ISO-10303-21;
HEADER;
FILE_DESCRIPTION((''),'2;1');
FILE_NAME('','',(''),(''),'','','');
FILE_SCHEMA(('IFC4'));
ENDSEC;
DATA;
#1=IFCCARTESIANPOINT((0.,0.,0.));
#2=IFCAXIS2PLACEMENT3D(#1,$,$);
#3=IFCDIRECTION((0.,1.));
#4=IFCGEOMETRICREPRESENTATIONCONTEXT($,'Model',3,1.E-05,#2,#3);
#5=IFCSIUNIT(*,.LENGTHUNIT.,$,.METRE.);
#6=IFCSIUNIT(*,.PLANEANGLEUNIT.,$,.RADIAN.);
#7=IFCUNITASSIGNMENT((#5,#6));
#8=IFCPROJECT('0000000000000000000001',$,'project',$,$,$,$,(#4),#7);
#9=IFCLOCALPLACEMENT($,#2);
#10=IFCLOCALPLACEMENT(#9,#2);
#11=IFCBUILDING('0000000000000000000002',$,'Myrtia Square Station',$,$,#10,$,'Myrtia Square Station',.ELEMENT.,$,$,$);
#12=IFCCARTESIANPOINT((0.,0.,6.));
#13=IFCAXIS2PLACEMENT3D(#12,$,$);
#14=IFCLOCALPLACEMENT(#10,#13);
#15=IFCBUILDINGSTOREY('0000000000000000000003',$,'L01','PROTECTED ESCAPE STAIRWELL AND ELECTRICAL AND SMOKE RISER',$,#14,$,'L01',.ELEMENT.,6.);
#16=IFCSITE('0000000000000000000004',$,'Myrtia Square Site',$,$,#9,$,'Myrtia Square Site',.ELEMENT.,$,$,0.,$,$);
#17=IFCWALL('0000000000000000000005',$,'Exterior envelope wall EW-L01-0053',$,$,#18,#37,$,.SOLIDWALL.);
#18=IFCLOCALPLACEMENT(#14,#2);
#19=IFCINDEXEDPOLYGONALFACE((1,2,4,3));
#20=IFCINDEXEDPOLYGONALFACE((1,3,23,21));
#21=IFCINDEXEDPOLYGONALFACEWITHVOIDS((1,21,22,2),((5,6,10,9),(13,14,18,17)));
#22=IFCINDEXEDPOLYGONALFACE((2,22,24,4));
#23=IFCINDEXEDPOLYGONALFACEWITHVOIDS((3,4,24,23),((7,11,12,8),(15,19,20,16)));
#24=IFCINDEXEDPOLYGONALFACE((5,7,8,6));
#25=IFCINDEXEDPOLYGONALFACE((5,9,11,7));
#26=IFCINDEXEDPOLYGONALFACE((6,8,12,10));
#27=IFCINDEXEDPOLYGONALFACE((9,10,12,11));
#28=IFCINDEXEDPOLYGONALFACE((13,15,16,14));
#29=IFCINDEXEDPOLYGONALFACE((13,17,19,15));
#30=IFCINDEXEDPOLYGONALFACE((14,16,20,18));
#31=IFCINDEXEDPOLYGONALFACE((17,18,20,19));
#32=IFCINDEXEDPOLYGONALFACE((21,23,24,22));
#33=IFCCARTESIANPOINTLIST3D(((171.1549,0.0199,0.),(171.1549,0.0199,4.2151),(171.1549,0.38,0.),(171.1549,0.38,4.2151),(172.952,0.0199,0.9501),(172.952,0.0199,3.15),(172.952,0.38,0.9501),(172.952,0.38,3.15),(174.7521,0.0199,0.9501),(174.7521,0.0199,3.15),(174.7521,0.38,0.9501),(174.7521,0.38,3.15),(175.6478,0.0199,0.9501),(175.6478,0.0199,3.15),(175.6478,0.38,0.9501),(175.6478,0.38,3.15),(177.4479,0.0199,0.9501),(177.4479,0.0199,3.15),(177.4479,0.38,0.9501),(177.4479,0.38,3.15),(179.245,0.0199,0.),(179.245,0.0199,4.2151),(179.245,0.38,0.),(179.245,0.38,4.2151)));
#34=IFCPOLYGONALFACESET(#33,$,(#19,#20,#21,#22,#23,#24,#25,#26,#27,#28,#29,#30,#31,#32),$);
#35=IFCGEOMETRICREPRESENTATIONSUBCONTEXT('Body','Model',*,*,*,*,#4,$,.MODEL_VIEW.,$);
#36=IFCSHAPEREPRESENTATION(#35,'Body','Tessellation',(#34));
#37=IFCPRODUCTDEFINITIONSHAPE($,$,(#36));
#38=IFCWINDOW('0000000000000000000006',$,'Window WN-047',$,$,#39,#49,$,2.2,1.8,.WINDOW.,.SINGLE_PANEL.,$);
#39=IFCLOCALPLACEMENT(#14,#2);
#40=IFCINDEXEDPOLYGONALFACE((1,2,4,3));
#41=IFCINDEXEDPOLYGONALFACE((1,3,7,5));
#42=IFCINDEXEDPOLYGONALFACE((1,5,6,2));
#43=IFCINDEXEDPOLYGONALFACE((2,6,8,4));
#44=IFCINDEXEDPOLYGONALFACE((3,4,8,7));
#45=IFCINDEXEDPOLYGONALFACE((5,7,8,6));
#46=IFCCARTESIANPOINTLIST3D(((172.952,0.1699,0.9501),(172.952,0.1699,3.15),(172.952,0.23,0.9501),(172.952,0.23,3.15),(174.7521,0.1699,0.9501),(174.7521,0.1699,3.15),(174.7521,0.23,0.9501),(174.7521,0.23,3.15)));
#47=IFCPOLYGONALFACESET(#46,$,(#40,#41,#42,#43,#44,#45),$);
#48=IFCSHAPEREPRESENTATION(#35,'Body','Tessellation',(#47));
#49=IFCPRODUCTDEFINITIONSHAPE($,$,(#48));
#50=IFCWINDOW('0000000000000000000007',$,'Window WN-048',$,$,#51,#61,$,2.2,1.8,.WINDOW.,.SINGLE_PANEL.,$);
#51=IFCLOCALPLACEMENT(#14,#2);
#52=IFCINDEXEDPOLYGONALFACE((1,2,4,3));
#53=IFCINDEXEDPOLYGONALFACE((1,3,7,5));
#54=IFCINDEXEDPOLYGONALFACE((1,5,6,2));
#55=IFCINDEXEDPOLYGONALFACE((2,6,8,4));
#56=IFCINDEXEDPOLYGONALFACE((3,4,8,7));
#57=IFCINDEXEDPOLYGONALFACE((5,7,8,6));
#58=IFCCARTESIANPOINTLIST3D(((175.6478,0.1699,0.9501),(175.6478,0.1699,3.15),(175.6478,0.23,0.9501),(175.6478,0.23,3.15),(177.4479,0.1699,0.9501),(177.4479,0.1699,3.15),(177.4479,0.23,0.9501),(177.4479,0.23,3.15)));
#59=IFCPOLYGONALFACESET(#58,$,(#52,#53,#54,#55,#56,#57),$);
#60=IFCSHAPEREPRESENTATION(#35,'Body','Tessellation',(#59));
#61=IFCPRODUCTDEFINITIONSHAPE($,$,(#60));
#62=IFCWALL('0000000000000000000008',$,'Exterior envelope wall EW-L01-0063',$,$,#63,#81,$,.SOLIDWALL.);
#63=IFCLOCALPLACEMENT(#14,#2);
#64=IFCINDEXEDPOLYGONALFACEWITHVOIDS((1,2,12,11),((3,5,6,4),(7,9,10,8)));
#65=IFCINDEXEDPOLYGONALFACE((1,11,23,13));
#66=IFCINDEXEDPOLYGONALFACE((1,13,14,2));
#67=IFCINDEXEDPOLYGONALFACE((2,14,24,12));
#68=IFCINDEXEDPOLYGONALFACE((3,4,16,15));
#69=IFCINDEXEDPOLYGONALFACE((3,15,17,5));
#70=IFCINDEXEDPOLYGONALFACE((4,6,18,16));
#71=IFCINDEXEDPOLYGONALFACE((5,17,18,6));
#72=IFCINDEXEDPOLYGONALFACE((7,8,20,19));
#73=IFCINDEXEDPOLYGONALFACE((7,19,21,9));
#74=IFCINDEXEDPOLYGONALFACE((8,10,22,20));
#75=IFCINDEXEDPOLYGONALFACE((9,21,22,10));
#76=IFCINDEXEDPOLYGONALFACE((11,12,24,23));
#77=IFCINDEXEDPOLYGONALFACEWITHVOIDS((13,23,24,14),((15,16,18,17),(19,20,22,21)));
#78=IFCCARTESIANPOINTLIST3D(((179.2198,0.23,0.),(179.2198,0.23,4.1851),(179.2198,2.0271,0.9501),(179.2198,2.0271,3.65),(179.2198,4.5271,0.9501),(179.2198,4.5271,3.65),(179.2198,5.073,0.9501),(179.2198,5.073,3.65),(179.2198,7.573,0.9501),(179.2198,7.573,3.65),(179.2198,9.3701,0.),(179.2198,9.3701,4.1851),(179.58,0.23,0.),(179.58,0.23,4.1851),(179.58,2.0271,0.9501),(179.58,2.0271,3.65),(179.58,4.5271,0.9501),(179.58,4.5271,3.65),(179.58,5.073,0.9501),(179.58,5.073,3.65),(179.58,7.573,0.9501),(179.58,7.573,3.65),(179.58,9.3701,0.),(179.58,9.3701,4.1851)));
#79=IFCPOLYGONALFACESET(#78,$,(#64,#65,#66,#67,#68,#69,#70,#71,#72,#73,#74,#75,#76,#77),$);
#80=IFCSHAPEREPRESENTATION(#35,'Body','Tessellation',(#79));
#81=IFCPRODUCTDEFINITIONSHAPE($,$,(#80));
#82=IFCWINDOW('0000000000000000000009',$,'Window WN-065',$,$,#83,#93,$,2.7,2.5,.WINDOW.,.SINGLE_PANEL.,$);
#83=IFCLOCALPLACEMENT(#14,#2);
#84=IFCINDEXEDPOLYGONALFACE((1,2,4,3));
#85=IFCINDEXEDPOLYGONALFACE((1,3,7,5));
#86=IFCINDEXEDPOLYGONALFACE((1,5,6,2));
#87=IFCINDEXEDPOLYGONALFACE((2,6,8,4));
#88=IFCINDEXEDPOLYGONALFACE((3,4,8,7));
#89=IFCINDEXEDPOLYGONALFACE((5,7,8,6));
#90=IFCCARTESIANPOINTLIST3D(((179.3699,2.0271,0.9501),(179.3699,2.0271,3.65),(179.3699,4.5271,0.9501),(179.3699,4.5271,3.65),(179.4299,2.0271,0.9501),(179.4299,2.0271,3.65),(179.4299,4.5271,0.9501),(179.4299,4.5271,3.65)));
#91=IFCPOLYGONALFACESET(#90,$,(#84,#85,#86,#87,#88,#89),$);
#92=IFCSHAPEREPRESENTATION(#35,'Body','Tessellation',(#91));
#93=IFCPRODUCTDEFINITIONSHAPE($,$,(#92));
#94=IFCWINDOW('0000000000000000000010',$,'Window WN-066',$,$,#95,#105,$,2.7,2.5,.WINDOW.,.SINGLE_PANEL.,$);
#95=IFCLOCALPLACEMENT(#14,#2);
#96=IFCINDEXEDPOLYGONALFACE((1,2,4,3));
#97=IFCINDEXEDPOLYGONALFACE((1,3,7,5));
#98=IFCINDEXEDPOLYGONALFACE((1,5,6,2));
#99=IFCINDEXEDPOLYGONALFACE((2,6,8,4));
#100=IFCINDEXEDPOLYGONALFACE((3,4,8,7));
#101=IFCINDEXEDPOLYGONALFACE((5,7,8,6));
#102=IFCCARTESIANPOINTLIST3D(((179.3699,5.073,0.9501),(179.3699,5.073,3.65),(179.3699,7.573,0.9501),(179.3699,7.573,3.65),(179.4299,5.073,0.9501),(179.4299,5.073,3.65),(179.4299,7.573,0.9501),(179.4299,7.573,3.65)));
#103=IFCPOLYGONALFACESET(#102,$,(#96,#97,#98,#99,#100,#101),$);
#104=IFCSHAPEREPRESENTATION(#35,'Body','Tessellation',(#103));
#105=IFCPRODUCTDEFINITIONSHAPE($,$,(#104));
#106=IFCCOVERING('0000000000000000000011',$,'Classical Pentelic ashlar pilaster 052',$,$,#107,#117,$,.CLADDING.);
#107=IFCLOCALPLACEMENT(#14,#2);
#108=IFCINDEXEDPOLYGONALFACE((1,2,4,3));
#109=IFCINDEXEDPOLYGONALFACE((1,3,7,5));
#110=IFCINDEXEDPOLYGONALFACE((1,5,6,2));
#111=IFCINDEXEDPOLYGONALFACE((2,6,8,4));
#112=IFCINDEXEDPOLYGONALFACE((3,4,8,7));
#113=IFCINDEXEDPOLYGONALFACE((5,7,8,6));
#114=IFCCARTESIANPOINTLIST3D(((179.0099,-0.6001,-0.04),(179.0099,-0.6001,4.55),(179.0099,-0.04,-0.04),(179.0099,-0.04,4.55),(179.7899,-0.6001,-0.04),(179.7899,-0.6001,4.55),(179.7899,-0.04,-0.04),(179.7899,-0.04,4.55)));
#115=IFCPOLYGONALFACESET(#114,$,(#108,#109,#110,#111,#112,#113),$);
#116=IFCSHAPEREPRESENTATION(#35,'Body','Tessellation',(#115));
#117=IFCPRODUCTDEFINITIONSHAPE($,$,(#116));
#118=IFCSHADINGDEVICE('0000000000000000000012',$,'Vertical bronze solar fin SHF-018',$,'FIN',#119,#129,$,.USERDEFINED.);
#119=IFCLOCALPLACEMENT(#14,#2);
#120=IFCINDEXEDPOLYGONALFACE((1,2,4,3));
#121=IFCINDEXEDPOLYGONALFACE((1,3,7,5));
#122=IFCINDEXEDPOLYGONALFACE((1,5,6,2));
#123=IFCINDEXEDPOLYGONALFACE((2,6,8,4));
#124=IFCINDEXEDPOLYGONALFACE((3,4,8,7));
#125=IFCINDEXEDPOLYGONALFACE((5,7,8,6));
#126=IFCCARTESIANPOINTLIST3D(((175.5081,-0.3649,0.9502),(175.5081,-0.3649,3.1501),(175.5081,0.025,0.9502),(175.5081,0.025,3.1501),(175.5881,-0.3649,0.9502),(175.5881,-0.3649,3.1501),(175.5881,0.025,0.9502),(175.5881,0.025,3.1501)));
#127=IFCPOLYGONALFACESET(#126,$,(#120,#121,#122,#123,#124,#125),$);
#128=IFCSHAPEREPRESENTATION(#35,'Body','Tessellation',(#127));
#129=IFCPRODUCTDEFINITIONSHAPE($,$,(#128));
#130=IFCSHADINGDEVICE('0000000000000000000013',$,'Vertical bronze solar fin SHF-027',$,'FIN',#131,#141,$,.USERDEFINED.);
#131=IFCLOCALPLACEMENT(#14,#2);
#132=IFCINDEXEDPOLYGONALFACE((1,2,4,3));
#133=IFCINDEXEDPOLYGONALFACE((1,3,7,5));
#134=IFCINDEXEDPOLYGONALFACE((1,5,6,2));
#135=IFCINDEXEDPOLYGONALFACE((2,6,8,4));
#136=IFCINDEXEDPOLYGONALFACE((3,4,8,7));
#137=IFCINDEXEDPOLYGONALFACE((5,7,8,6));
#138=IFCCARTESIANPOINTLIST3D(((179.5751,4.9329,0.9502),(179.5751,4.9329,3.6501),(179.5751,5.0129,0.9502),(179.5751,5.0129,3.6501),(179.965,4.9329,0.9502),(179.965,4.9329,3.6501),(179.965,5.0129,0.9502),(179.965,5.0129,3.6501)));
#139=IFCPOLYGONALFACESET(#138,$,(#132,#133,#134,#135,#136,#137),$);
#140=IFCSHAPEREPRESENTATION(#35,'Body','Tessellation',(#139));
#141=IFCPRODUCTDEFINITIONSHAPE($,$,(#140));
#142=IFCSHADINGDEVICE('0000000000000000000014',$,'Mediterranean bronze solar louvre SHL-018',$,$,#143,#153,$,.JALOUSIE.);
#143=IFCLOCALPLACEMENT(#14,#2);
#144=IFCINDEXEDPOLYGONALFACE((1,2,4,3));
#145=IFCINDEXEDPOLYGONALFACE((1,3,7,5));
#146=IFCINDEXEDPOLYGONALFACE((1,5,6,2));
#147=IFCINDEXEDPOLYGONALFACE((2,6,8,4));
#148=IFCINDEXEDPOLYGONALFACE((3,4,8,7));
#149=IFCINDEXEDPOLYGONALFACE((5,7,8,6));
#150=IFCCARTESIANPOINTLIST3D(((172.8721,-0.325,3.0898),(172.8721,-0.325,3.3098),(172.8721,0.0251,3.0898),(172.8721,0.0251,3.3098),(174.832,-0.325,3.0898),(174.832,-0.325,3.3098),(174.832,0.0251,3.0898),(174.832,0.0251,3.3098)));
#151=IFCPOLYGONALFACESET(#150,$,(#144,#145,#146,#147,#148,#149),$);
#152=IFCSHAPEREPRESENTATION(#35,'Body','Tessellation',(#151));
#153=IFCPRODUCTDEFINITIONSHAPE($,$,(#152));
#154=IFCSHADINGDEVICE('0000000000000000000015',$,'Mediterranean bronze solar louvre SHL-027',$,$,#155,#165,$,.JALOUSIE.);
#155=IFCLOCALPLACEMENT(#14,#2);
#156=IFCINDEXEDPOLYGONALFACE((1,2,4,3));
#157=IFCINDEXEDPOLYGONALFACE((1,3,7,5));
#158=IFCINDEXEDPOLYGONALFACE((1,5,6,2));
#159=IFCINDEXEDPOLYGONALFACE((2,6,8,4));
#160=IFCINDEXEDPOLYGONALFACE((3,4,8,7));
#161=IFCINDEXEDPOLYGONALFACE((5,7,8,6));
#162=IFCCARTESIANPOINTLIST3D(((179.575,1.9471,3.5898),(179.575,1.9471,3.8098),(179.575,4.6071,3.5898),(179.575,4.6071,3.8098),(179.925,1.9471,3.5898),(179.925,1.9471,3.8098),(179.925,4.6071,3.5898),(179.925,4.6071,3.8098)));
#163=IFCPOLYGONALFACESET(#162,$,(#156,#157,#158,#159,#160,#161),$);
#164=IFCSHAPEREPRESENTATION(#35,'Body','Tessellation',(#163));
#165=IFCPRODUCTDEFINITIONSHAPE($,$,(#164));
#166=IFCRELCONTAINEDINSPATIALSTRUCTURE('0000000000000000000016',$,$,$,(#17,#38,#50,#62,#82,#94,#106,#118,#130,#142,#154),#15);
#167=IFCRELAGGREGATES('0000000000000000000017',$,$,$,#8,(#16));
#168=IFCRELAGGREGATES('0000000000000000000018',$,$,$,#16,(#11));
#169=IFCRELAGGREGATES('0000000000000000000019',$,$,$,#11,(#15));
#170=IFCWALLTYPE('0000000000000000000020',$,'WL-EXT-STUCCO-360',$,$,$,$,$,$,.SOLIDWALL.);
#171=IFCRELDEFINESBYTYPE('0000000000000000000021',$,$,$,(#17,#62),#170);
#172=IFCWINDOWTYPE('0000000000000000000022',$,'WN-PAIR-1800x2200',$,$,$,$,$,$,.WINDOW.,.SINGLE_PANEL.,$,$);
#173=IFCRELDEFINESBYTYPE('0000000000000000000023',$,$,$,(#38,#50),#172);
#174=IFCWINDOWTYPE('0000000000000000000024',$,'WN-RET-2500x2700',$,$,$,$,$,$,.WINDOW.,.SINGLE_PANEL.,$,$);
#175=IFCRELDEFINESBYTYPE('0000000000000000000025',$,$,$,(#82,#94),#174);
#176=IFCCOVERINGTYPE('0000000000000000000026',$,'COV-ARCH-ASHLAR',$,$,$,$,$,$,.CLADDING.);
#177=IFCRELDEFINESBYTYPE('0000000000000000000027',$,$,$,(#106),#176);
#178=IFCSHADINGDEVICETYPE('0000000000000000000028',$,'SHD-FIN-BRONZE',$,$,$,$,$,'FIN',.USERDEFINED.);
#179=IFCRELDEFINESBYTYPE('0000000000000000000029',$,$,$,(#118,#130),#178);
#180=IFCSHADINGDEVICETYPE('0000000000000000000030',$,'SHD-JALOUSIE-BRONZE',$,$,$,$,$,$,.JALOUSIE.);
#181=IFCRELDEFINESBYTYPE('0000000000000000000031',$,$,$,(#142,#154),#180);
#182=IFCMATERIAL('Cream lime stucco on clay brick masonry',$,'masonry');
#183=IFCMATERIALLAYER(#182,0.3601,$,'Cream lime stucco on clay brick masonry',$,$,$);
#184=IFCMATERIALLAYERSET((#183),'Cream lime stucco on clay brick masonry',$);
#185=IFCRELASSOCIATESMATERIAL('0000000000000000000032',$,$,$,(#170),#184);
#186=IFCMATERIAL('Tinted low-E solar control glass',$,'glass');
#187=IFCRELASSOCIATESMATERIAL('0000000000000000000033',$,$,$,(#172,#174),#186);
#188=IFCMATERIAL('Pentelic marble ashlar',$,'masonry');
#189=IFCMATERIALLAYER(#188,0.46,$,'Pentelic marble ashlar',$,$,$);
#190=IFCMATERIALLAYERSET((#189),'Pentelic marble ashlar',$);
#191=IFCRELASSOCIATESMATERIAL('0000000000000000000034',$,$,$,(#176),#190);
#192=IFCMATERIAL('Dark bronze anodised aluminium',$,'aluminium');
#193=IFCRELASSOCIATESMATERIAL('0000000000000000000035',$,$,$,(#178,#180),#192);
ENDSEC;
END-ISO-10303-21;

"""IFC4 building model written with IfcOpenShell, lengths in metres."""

from ifc_helpers import new_model, si_unit, direction, frame, frame_2d, origin, origin_2d, place, context, subcontext, project, spatial, rectangle, extrude, material, layer, layer_set, type_object, element, fill, save


model = new_model("IFC4")

# Units and contexts
model_context = context("Model", 3, precision=1e-05, world=origin(), true_north=direction((0.0, 1.0)))
body_context = subcontext(model_context, "Body", "Model", "MODEL_VIEW")
ifc_project = project(units=[si_unit("LENGTHUNIT", "METRE"), si_unit("PLANEANGLEUNIT", "RADIAN")], contexts=[model_context])

# Site, building, storey
site_placement = place(None, origin())
site = spatial("IfcSite", under=ifc_project, at=site_placement, Name="Myrtia Square Site", LongName="Myrtia Square Site", CompositionType="ELEMENT", RefElevation=0.0)
building_placement = place(site_placement, origin())
building = spatial("IfcBuilding", under=site, at=building_placement, Name="Myrtia Square Station", LongName="Myrtia Square Station", CompositionType="ELEMENT")
storey_placement = place(building_placement, frame((0.0, 0.0, 6.0)))
storey = spatial("IfcBuildingStorey", under=building, at=storey_placement, Name="L01", Description="PROTECTED ESCAPE STAIRWELL AND ELECTRICAL AND SMOKE RISER", LongName="L01", CompositionType="ELEMENT", Elevation=6.0)

# Walls, openings, windows
ifc_material_1 = material(Name="Cream lime stucco on clay brick masonry", Category="masonry")
ifc_layer_1 = layer(ifc_material_1, 0.3601, Name="Cream lime stucco on clay brick masonry")
ifc_layer_set_1 = layer_set([ifc_layer_1], Name="Cream lime stucco on clay brick masonry")
wall_type = type_object("IfcWallType", Name="WL-EXT-STUCCO-360", PredefinedType="SOLIDWALL", material=ifc_layer_set_1)
wall_1_placement = place(storey_placement, frame((171.155, 0.2, 0.0), z_axis=(0.0, 0.0, 1.0), x_axis=(1.0, 0.0, 0.0)))
wall_1 = element("IfcWall", 1, at=wall_1_placement, inside=storey, type_object=wall_type, Name="Exterior envelope wall EW-L01-0053", PredefinedType="SOLIDWALL", context=body_context, shape_type="SweptSolid", body=[
    extrude(rectangle(XDim=8.0901, YDim=0.3601, at=frame_2d((4.0449, 0.0))), origin(), (0.0, 0.0, 1.0), 4.2151),
])
opening_1_placement = place(wall_1_placement, frame((1.7971, 0.0, 0.95)))
opening_1 = element("IfcOpeningElement", 2, at=opening_1_placement, cuts=wall_1, PredefinedType="OPENING", context=body_context, shape_type="SweptSolid", body=[
    extrude(rectangle(XDim=1.8, YDim=2.2, at=frame_2d((0.8999, 1.1001))), frame((0.0, 0.1951, 0.0), z_axis=(0.0, -1.0, 0.0), x_axis=(1.0, 0.0, 0.0)), (0.0, 0.0, 1.0), 0.3901),
])
opening_2_placement = place(wall_1_placement, frame((4.4929, 0.0, 0.95)))
opening_2 = element("IfcOpeningElement", 3, at=opening_2_placement, cuts=wall_1, PredefinedType="OPENING", context=body_context, shape_type="SweptSolid", body=[
    extrude(rectangle(XDim=1.8, YDim=2.2, at=frame_2d((0.8999, 1.1001))), frame((0.0, 0.1951, 0.0), z_axis=(0.0, -1.0, 0.0), x_axis=(1.0, 0.0, 0.0)), (0.0, 0.0, 1.0), 0.3901),
])
ifc_material_2 = material(Name="Tinted low-E solar control glass", Category="glass")
window_type_1 = type_object("IfcWindowType", Name="WN-PAIR-1800x2200", PartitioningType="SINGLE_PANEL", PredefinedType="WINDOW", material=ifc_material_2)
window_1_placement = place(opening_1_placement, origin())
window_1 = element("IfcWindow", 4, at=window_1_placement, inside=storey, type_object=window_type_1, Name="Window WN-047", OverallHeight=2.2, OverallWidth=1.8, PartitioningType="SINGLE_PANEL", PredefinedType="WINDOW", context=body_context, shape_type="SweptSolid", body=[
    extrude(rectangle(XDim=1.8, YDim=2.2, at=frame_2d((0.8999, 1.1001))), frame((0.0, 0.03, 0.0), z_axis=(0.0, -1.0, 0.0), x_axis=(1.0, 0.0, 0.0)), (0.0, 0.0, 1.0), 0.0601),
])
fill(opening_1, window_1)
window_2_placement = place(opening_2_placement, origin())
window_2 = element("IfcWindow", 5, at=window_2_placement, inside=storey, type_object=window_type_1, Name="Window WN-048", OverallHeight=2.2, OverallWidth=1.8, PartitioningType="SINGLE_PANEL", PredefinedType="WINDOW", context=body_context, shape_type="SweptSolid", body=[
    extrude(rectangle(XDim=1.8, YDim=2.2, at=frame_2d((0.8999, 1.1001))), frame((0.0, 0.03, 0.0), z_axis=(0.0, -1.0, 0.0), x_axis=(1.0, 0.0, 0.0)), (0.0, 0.0, 1.0), 0.0601),
])
fill(opening_2, window_2)
wall_2_placement = place(storey_placement, frame((179.3999, 0.23, 0.0), z_axis=(0.0, 0.0, 1.0), x_axis=(0.0, 1.0, 0.0)))
wall_2 = element("IfcWall", 6, at=wall_2_placement, inside=storey, type_object=wall_type, Name="Exterior envelope wall EW-L01-0063", PredefinedType="SOLIDWALL", context=body_context, shape_type="SweptSolid", body=[
    extrude(rectangle(XDim=9.1401, YDim=0.3601, at=frame_2d((4.5701, 0.0))), origin(), (0.0, 0.0, 1.0), 4.1851),
])
opening_3_placement = place(wall_2_placement, frame((1.7971, 0.0, 0.95)))
opening_3 = element("IfcOpeningElement", 7, at=opening_3_placement, cuts=wall_2, PredefinedType="OPENING", context=body_context, shape_type="SweptSolid", body=[
    extrude(rectangle(XDim=2.5, YDim=2.7, at=frame_2d((1.25, 1.3501))), frame((0.0, 0.1951, 0.0), z_axis=(0.0, -1.0, 0.0), x_axis=(1.0, 0.0, 0.0)), (0.0, 0.0, 1.0), 0.3901),
])
opening_4_placement = place(wall_2_placement, frame((4.843, 0.0, 0.95)))
opening_4 = element("IfcOpeningElement", 8, at=opening_4_placement, cuts=wall_2, PredefinedType="OPENING", context=body_context, shape_type="SweptSolid", body=[
    extrude(rectangle(XDim=2.5, YDim=2.7, at=frame_2d((1.25, 1.3501))), frame((0.0, 0.1951, 0.0), z_axis=(0.0, -1.0, 0.0), x_axis=(1.0, 0.0, 0.0)), (0.0, 0.0, 1.0), 0.3901),
])
window_type_2 = type_object("IfcWindowType", Name="WN-RET-2500x2700", PartitioningType="SINGLE_PANEL", PredefinedType="WINDOW", material=ifc_material_2)
window_3_placement = place(opening_3_placement, origin())
window_3 = element("IfcWindow", 9, at=window_3_placement, inside=storey, type_object=window_type_2, Name="Window WN-065", OverallHeight=2.7, OverallWidth=2.5, PartitioningType="SINGLE_PANEL", PredefinedType="WINDOW", context=body_context, shape_type="SweptSolid", body=[
    extrude(rectangle(XDim=2.5, YDim=2.7, at=frame_2d((1.25, 1.3501))), frame((0.0, 0.03, 0.0), z_axis=(0.0, -1.0, 0.0), x_axis=(1.0, 0.0, 0.0)), (0.0, 0.0, 1.0), 0.0601),
])
fill(opening_3, window_3)
window_4_placement = place(opening_4_placement, origin())
window_4 = element("IfcWindow", 10, at=window_4_placement, inside=storey, type_object=window_type_2, Name="Window WN-066", OverallHeight=2.7, OverallWidth=2.5, PartitioningType="SINGLE_PANEL", PredefinedType="WINDOW", context=body_context, shape_type="SweptSolid", body=[
    extrude(rectangle(XDim=2.5, YDim=2.7, at=frame_2d((1.25, 1.3501))), frame((0.0, 0.03, 0.0), z_axis=(0.0, -1.0, 0.0), x_axis=(1.0, 0.0, 0.0)), (0.0, 0.0, 1.0), 0.0601),
])
fill(opening_4, window_4)

# Covering
ifc_material_3 = material(Name="Pentelic marble ashlar", Category="masonry")
ifc_layer_2 = layer(ifc_material_3, 0.46, Name="Pentelic marble ashlar")
ifc_layer_set_2 = layer_set([ifc_layer_2], Name="Pentelic marble ashlar")
covering_type = type_object("IfcCoveringType", Name="COV-ARCH-ASHLAR", PredefinedType="CLADDING", material=ifc_layer_set_2)
covering_placement = place(storey_placement, frame((179.3999, -0.3201, -0.04), z_axis=(0.0, 0.0, 1.0), x_axis=(1.0, 0.0, 0.0)))
element("IfcCovering", 11, at=covering_placement, inside=storey, type_object=covering_type, Name="Classical Pentelic ashlar pilaster 052", PredefinedType="CLADDING", context=body_context, shape_type="SweptSolid", body=[
    extrude(rectangle(XDim=0.78, YDim=0.5601, at=origin_2d()), origin(), (0.0, 0.0, 1.0), 4.5901),
])

# Shading devices
ifc_material_4 = material(Name="Dark bronze anodised aluminium", Category="aluminium")
shading_device_type_1 = type_object("IfcShadingDeviceType", Name="SHD-FIN-BRONZE", ElementType="FIN", PredefinedType="USERDEFINED", material=ifc_material_4)
shading_device_1_placement = place(storey_placement, frame((175.5481, -0.1699, 0.9502), z_axis=(0.0, 0.0, 1.0), x_axis=(1.0, 0.0, 0.0)))
element("IfcShadingDevice", 12, at=shading_device_1_placement, inside=storey, type_object=shading_device_type_1, Name="Vertical bronze solar fin SHF-018", ObjectType="FIN", PredefinedType="USERDEFINED", context=body_context, shape_type="SweptSolid", body=[
    extrude(rectangle(XDim=0.0801, YDim=0.3899, at=origin_2d()), origin(), (0.0, 0.0, 1.0), 2.2),
])
shading_device_2_placement = place(storey_placement, frame((179.77, 4.9729, 0.9502), z_axis=(0.0, 0.0, 1.0), x_axis=(0.0, 1.0, 0.0)))
element("IfcShadingDevice", 13, at=shading_device_2_placement, inside=storey, type_object=shading_device_type_1, Name="Vertical bronze solar fin SHF-027", ObjectType="FIN", PredefinedType="USERDEFINED", context=body_context, shape_type="SweptSolid", body=[
    extrude(rectangle(XDim=0.0801, YDim=0.3899, at=origin_2d()), origin(), (0.0, 0.0, 1.0), 2.7),
])
shading_device_type_2 = type_object("IfcShadingDeviceType", Name="SHD-JALOUSIE-BRONZE", PredefinedType="JALOUSIE", material=ifc_material_4)
shading_device_3_placement = place(storey_placement, frame((173.8521, -0.1499, 3.0898), z_axis=(0.0, 0.0, 1.0), x_axis=(1.0, 0.0, 0.0)))
element("IfcShadingDevice", 14, at=shading_device_3_placement, inside=storey, type_object=shading_device_type_2, Name="Mediterranean bronze solar louvre SHL-018", PredefinedType="JALOUSIE", context=body_context, shape_type="SweptSolid", body=[
    extrude(rectangle(XDim=1.96, YDim=0.3501, at=origin_2d()), origin(), (0.0, 0.0, 1.0), 0.22),
])
shading_device_4_placement = place(storey_placement, frame((179.75, 3.2771, 3.5898), z_axis=(0.0, 0.0, 1.0), x_axis=(0.0, 1.0, 0.0)))
element("IfcShadingDevice", 15, at=shading_device_4_placement, inside=storey, type_object=shading_device_type_2, Name="Mediterranean bronze solar louvre SHL-027", PredefinedType="JALOUSIE", context=body_context, shape_type="SweptSolid", body=[
    extrude(rectangle(XDim=2.6599, YDim=0.3501, at=origin_2d()), origin(), (0.0, 0.0, 1.0), 0.22),
])

save(model, "model.ifc")
